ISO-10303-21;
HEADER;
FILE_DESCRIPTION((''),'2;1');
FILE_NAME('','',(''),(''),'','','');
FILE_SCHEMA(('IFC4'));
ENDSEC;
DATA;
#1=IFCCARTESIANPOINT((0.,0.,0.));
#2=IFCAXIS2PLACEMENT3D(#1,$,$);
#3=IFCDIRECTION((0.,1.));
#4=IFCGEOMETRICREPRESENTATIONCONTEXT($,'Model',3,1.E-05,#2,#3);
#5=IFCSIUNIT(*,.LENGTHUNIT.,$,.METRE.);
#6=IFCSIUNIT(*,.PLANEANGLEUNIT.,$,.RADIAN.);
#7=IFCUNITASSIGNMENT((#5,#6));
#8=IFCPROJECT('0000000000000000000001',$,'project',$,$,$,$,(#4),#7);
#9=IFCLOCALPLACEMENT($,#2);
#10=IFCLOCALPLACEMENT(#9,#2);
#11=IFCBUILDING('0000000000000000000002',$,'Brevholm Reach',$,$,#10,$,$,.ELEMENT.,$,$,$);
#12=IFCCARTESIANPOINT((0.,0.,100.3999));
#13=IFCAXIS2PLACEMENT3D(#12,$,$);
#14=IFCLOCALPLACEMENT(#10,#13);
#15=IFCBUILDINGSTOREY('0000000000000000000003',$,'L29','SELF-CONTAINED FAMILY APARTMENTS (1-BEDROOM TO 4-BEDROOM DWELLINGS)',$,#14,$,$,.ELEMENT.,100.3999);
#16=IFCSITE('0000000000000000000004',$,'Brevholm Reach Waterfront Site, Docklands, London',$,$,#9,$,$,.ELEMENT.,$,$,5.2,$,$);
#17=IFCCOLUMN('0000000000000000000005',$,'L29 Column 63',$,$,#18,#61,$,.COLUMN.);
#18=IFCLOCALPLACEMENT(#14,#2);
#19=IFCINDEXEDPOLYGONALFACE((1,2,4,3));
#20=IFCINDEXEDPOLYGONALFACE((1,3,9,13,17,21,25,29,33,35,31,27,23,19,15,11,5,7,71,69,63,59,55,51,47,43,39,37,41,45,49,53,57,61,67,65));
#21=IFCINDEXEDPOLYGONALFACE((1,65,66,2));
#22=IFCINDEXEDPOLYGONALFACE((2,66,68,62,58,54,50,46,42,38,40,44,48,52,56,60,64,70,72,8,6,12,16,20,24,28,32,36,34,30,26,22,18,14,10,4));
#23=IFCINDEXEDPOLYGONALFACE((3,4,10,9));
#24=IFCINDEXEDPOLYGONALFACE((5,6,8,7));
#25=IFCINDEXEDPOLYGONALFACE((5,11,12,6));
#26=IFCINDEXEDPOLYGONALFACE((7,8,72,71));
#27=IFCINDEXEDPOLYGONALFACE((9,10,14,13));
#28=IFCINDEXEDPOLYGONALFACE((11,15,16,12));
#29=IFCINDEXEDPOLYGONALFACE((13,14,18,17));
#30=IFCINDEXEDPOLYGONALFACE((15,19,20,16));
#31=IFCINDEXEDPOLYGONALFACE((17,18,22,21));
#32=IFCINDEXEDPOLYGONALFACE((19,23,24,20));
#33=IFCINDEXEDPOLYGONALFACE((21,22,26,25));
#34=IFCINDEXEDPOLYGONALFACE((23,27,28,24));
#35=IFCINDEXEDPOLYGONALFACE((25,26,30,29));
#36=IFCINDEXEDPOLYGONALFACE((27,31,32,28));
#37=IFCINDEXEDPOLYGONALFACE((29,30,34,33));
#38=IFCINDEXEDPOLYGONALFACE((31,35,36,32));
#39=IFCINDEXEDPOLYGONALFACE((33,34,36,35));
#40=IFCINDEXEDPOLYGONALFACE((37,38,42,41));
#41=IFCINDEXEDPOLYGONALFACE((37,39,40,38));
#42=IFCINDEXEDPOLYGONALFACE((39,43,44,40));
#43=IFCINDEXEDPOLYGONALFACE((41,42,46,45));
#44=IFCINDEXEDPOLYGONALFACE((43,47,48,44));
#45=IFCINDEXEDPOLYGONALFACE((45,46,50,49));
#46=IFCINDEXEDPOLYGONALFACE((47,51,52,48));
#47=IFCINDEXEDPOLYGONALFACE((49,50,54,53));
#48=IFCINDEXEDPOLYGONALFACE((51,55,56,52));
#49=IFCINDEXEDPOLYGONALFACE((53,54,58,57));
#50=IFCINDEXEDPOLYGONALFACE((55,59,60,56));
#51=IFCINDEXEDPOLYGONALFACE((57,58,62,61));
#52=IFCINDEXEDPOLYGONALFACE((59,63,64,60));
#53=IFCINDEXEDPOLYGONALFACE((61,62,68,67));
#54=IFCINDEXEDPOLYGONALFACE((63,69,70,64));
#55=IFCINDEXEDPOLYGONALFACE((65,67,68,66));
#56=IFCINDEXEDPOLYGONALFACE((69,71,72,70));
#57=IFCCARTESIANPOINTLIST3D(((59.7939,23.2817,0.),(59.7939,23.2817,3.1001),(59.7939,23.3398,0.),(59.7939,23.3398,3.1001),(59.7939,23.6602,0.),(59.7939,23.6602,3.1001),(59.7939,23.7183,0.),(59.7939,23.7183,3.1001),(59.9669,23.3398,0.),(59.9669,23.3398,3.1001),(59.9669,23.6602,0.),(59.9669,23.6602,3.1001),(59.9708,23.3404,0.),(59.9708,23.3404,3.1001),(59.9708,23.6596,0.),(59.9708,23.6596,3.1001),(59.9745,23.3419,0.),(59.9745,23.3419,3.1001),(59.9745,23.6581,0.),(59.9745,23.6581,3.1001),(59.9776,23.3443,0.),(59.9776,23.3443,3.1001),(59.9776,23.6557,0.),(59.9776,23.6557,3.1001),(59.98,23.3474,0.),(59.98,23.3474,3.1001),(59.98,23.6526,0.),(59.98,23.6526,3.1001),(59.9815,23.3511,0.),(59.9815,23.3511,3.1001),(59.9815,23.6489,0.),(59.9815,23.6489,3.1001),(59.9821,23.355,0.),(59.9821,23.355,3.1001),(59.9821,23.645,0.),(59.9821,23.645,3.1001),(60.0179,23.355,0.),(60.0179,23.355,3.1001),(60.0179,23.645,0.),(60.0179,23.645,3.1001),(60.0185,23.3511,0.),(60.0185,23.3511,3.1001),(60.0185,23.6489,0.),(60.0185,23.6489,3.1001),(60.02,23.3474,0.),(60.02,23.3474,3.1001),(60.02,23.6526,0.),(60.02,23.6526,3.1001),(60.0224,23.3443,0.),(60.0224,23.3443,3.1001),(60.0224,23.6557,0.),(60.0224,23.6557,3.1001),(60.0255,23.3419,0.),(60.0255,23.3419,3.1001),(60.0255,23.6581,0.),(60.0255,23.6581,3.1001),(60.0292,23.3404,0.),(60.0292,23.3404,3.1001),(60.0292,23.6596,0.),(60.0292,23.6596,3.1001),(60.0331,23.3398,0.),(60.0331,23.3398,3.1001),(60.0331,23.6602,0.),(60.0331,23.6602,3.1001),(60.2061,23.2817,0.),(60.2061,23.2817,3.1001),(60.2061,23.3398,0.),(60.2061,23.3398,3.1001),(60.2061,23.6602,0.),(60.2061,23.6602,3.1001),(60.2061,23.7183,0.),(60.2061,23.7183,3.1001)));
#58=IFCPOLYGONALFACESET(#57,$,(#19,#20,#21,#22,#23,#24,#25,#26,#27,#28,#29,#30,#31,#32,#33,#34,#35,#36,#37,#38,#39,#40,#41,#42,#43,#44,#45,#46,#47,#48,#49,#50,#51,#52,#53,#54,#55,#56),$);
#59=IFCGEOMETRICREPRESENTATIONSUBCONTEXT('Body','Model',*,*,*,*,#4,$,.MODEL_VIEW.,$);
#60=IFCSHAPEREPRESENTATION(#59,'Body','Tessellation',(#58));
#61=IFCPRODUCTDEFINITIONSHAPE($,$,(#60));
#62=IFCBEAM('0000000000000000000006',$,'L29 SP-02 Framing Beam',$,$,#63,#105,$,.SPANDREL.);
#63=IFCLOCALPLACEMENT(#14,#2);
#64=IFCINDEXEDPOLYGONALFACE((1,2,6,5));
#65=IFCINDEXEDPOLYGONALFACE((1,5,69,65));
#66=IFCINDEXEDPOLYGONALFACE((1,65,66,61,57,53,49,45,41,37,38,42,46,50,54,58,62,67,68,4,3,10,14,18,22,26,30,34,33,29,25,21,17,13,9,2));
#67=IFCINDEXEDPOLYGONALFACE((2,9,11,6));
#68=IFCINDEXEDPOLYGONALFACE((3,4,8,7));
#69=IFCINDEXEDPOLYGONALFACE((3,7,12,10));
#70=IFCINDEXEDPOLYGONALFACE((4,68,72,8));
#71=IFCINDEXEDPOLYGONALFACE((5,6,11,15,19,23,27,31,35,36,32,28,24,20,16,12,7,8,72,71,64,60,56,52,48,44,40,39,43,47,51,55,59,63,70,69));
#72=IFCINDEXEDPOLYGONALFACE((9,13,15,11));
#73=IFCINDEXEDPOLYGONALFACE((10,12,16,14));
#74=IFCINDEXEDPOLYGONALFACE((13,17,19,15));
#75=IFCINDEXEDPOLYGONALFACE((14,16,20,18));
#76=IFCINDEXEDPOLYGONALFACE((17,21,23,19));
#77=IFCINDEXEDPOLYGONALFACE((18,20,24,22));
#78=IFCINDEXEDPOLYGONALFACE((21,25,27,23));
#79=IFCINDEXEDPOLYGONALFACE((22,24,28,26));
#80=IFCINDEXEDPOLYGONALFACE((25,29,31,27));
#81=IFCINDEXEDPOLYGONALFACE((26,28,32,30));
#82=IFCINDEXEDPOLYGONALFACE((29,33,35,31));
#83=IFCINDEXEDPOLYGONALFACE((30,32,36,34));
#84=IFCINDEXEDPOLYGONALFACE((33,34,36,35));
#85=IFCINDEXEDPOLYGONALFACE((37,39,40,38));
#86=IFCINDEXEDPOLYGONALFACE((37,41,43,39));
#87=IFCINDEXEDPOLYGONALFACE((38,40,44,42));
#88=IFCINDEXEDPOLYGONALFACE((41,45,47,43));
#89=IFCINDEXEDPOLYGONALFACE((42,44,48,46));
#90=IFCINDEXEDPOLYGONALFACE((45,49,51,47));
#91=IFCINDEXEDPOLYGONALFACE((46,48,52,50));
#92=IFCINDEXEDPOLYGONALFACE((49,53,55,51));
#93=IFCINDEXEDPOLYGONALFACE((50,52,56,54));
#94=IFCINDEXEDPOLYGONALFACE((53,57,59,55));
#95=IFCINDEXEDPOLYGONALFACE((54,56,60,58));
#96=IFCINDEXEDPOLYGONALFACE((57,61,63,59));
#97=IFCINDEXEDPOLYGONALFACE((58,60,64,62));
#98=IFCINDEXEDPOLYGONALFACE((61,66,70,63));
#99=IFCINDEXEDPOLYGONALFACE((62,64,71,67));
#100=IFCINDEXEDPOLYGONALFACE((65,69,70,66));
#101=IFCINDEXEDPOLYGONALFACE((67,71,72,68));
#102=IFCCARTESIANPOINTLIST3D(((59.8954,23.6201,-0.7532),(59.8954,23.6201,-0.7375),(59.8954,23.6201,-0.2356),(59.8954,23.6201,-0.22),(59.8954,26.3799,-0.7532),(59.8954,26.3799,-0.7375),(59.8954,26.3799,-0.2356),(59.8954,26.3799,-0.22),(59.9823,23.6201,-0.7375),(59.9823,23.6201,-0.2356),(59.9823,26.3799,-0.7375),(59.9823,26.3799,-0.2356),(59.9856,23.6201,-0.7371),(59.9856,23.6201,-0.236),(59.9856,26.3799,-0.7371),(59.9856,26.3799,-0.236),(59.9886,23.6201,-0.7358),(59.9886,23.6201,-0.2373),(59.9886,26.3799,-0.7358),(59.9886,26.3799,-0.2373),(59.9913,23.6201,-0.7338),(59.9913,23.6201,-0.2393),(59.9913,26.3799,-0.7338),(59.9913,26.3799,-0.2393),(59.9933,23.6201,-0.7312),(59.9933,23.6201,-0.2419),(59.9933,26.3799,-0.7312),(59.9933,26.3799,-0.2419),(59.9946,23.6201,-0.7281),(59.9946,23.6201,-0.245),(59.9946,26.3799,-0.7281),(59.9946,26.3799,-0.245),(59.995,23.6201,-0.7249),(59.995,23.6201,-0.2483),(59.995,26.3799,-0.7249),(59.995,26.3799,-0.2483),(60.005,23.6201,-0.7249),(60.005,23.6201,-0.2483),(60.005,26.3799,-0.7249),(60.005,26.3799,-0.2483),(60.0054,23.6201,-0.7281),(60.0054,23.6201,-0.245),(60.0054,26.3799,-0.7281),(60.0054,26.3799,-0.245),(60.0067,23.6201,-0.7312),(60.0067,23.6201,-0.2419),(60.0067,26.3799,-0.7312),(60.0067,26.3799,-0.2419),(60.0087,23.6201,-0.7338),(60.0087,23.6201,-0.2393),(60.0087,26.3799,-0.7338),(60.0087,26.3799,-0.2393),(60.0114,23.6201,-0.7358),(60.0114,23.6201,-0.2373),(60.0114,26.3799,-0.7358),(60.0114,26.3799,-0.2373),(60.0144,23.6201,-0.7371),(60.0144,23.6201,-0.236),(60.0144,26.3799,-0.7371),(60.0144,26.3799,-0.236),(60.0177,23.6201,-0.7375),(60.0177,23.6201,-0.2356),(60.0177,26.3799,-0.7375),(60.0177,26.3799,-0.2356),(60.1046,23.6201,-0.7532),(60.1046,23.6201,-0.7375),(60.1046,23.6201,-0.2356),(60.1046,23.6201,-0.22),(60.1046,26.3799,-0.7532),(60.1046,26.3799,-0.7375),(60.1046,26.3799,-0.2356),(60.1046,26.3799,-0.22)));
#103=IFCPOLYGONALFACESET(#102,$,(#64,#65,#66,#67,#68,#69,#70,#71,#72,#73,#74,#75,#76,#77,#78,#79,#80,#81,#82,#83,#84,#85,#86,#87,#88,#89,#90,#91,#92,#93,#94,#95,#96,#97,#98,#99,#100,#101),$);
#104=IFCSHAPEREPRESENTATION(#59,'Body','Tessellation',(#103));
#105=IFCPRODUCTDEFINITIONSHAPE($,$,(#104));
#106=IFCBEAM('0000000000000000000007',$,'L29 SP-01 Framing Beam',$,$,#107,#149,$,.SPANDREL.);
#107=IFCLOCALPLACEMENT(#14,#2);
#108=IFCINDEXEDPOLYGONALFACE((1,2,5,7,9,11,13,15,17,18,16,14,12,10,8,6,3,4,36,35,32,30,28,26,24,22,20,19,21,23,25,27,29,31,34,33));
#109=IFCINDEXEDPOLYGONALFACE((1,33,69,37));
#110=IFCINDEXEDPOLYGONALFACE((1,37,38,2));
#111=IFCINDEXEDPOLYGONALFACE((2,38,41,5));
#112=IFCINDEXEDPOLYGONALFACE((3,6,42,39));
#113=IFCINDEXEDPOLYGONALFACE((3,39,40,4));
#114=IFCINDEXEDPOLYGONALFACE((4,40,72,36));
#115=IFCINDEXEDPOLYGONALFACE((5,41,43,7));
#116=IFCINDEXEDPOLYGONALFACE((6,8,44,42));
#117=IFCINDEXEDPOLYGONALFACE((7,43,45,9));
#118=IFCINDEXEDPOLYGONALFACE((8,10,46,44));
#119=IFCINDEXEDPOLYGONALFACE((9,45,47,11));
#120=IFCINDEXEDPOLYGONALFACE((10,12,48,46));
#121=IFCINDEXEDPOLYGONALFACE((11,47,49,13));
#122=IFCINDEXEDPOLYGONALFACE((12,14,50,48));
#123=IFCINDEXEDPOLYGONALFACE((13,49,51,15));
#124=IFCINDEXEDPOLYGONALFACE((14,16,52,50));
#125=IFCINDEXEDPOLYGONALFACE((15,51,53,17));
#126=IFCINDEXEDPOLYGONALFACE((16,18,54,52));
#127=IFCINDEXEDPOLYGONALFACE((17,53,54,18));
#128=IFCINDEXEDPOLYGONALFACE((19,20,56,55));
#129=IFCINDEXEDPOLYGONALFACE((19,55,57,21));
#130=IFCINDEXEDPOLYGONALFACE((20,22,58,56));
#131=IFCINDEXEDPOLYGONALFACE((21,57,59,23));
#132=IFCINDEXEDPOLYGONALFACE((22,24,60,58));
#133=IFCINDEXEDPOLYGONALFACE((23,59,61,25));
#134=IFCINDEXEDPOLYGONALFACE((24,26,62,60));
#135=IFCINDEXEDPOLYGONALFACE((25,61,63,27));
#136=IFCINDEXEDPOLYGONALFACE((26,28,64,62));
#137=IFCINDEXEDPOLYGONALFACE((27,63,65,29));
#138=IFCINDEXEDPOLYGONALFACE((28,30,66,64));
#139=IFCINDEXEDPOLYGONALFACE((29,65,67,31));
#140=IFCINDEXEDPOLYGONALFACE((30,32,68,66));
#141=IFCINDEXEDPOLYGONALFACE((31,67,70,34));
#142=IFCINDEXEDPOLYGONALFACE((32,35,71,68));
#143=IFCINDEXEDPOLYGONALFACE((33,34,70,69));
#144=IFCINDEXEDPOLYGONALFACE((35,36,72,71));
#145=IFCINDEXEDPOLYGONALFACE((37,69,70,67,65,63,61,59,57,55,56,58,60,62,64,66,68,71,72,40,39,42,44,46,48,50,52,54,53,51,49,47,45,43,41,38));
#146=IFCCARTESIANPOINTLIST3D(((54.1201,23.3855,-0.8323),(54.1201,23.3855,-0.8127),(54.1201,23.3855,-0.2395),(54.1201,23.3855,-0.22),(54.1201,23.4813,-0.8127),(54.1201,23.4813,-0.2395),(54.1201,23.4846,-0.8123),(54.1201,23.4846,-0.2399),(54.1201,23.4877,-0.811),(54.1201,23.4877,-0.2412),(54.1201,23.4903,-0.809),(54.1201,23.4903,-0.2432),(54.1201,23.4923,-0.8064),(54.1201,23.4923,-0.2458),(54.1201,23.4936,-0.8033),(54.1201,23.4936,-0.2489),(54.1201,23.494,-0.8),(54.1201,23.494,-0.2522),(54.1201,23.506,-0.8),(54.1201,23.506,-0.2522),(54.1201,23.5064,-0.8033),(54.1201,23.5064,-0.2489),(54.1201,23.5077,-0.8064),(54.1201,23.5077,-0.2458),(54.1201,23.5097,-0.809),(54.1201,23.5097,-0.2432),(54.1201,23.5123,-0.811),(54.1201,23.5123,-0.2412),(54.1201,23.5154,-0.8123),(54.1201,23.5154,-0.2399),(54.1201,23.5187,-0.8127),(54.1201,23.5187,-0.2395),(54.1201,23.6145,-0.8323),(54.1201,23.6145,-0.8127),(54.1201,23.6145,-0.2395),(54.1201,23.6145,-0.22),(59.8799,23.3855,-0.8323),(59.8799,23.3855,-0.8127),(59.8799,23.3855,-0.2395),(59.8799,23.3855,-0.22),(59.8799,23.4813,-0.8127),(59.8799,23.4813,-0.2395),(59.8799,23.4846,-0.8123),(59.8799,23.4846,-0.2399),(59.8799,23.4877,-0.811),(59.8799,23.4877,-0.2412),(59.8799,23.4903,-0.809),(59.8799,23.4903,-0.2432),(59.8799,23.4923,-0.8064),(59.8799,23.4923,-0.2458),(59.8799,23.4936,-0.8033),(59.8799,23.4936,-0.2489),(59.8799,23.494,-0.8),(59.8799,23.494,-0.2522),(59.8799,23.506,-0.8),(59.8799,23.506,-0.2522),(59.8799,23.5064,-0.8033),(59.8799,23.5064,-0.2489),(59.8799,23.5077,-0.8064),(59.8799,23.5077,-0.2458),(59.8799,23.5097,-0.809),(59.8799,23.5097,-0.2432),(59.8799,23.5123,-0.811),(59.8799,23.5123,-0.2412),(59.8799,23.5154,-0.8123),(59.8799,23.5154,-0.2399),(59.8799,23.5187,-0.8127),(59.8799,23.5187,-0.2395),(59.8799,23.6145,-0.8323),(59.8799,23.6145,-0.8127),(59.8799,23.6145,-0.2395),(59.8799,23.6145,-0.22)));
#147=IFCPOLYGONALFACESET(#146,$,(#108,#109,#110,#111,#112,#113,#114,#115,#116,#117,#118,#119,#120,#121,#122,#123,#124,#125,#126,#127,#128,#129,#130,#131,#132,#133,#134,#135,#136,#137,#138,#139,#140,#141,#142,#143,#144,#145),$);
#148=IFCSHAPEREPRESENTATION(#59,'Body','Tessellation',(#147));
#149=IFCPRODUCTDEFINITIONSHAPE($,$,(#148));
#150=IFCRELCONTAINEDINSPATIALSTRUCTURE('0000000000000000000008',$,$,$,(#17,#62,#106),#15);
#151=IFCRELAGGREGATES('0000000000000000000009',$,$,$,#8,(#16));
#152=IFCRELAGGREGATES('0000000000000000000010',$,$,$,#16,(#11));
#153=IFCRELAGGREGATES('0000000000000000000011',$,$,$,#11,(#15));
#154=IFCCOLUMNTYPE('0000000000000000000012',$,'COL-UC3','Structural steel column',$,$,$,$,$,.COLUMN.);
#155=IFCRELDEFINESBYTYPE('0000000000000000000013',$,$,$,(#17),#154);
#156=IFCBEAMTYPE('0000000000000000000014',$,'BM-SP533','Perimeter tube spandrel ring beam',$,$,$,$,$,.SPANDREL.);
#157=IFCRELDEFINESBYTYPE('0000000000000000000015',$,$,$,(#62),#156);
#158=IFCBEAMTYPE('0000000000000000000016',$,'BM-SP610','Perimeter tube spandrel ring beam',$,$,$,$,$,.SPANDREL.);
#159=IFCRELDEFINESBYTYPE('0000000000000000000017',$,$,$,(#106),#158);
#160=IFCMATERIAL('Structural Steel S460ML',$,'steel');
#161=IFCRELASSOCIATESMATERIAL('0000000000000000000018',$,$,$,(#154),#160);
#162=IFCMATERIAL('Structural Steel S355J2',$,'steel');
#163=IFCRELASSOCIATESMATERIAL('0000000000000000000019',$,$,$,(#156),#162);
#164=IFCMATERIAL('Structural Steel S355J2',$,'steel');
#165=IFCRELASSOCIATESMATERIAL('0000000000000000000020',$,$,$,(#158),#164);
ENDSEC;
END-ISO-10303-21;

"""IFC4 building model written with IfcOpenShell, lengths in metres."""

from ifc_helpers import new_model, si_unit, direction, frame, origin, origin_2d, place, context, subcontext, project, spatial, i_section, extrude, material, material_profile, profile_set, type_object, element, save


model = new_model("IFC4")

# Units and contexts
model_context = context("Model", 3, precision=1e-05, world=origin(), true_north=direction((0.0, 1.0)))
body_context = subcontext(model_context, "Body", "Model", "MODEL_VIEW")
ifc_project = project(units=[si_unit("LENGTHUNIT", "METRE"), si_unit("PLANEANGLEUNIT", "RADIAN")], contexts=[model_context])

# Site, building, storey
site_placement = place(None, origin())
site = spatial("IfcSite", under=ifc_project, at=site_placement, Name="Brevholm Reach Waterfront Site, Docklands, London", CompositionType="ELEMENT", RefElevation=5.2)
building_placement = place(site_placement, origin())
building = spatial("IfcBuilding", under=site, at=building_placement, Name="Brevholm Reach", CompositionType="ELEMENT")
storey_placement = place(building_placement, frame((0.0, 0.0, 100.3999)))
storey = spatial("IfcBuildingStorey", under=building, at=storey_placement, Name="L29", Description="SELF-CONTAINED FAMILY APARTMENTS (1-BEDROOM TO 4-BEDROOM DWELLINGS)", CompositionType="ELEMENT", Elevation=100.3999)

# Column
ifc_material_1 = material(Name="Structural Steel S460ML", Category="steel")
ifc_material_profile_1 = material_profile(ifc_material_1, i_section(OverallWidth=0.4121, OverallDepth=0.4365, WebThickness=0.0359, FlangeThickness=0.0581, FilletRadius=0.0151, at=origin_2d()), Name="UKC 356x406x467")
ifc_profile_set_1 = profile_set([ifc_material_profile_1], Name="Structural Steel S460ML")
column_type = type_object("IfcColumnType", Name="COL-UC3", Description="Structural steel column", PredefinedType="COLUMN", material=ifc_profile_set_1)
column_placement = place(storey_placement, frame((60.0, 23.5, 0.0), z_axis=(0.0, 0.0, 1.0), x_axis=(1.0, 0.0, 0.0)))
element("IfcColumn", 1, at=column_placement, inside=storey, type_object=column_type, Name="L29 Column 63", PredefinedType="COLUMN", context=body_context, shape_type="SweptSolid", body=[
    extrude(i_section(OverallWidth=0.4121, OverallDepth=0.4365, WebThickness=0.0359, FlangeThickness=0.0581, FilletRadius=0.0151, at=origin_2d()), origin(), (0.0, 0.0, 1.0), 3.1001),
])

# Beams
ifc_material_2 = material(Name="Structural Steel S355J2", Category="steel")
ifc_material_profile_2 = material_profile(ifc_material_2, i_section(OverallWidth=0.2092, OverallDepth=0.5332, WebThickness=0.01, FlangeThickness=0.0156, FilletRadius=0.0127, at=origin_2d()), Name="UKB 533x210x92")
ifc_profile_set_2 = profile_set([ifc_material_profile_2], Name="Structural Steel S355J2")
beam_type_1 = type_object("IfcBeamType", Name="BM-SP533", Description="Perimeter tube spandrel ring beam", PredefinedType="SPANDREL", material=ifc_profile_set_2)
beam_1_placement = place(storey_placement, frame((60.0, 23.6201, -0.4866), z_axis=(0.0, 1.0, 0.0), x_axis=(-1.0, 0.0, 0.0)))
element("IfcBeam", 2, at=beam_1_placement, inside=storey, type_object=beam_type_1, Name="L29 SP-02 Framing Beam", PredefinedType="SPANDREL", context=body_context, shape_type="SweptSolid", body=[
    extrude(i_section(OverallWidth=0.2092, OverallDepth=0.5332, WebThickness=0.01, FlangeThickness=0.0156, FilletRadius=0.0127, at=origin_2d()), origin(), (0.0, 0.0, 1.0), 2.7598),
])
ifc_material_3 = material(Name="Structural Steel S355J2", Category="steel")
ifc_material_profile_3 = material_profile(ifc_material_3, i_section(OverallWidth=0.229, OverallDepth=0.6123, WebThickness=0.012, FlangeThickness=0.0195, FilletRadius=0.0127, at=origin_2d()), Name="UKB 610x229x125")
ifc_profile_set_3 = profile_set([ifc_material_profile_3], Name="Structural Steel S355J2")
beam_type_2 = type_object("IfcBeamType", Name="BM-SP610", Description="Perimeter tube spandrel ring beam", PredefinedType="SPANDREL", material=ifc_profile_set_3)
beam_2_placement = place(storey_placement, frame((54.1201, 23.5, -0.5261), z_axis=(1.0, 0.0, 0.0), x_axis=(0.0, 1.0, 0.0)))
element("IfcBeam", 3, at=beam_2_placement, inside=storey, type_object=beam_type_2, Name="L29 SP-01 Framing Beam", PredefinedType="SPANDREL", context=body_context, shape_type="SweptSolid", body=[
    extrude(i_section(OverallWidth=0.229, OverallDepth=0.6123, WebThickness=0.012, FlangeThickness=0.0195, FilletRadius=0.0127, at=origin_2d()), origin(), (0.0, 0.0, 1.0), 5.7598),
])

save(model, "model.ifc")
